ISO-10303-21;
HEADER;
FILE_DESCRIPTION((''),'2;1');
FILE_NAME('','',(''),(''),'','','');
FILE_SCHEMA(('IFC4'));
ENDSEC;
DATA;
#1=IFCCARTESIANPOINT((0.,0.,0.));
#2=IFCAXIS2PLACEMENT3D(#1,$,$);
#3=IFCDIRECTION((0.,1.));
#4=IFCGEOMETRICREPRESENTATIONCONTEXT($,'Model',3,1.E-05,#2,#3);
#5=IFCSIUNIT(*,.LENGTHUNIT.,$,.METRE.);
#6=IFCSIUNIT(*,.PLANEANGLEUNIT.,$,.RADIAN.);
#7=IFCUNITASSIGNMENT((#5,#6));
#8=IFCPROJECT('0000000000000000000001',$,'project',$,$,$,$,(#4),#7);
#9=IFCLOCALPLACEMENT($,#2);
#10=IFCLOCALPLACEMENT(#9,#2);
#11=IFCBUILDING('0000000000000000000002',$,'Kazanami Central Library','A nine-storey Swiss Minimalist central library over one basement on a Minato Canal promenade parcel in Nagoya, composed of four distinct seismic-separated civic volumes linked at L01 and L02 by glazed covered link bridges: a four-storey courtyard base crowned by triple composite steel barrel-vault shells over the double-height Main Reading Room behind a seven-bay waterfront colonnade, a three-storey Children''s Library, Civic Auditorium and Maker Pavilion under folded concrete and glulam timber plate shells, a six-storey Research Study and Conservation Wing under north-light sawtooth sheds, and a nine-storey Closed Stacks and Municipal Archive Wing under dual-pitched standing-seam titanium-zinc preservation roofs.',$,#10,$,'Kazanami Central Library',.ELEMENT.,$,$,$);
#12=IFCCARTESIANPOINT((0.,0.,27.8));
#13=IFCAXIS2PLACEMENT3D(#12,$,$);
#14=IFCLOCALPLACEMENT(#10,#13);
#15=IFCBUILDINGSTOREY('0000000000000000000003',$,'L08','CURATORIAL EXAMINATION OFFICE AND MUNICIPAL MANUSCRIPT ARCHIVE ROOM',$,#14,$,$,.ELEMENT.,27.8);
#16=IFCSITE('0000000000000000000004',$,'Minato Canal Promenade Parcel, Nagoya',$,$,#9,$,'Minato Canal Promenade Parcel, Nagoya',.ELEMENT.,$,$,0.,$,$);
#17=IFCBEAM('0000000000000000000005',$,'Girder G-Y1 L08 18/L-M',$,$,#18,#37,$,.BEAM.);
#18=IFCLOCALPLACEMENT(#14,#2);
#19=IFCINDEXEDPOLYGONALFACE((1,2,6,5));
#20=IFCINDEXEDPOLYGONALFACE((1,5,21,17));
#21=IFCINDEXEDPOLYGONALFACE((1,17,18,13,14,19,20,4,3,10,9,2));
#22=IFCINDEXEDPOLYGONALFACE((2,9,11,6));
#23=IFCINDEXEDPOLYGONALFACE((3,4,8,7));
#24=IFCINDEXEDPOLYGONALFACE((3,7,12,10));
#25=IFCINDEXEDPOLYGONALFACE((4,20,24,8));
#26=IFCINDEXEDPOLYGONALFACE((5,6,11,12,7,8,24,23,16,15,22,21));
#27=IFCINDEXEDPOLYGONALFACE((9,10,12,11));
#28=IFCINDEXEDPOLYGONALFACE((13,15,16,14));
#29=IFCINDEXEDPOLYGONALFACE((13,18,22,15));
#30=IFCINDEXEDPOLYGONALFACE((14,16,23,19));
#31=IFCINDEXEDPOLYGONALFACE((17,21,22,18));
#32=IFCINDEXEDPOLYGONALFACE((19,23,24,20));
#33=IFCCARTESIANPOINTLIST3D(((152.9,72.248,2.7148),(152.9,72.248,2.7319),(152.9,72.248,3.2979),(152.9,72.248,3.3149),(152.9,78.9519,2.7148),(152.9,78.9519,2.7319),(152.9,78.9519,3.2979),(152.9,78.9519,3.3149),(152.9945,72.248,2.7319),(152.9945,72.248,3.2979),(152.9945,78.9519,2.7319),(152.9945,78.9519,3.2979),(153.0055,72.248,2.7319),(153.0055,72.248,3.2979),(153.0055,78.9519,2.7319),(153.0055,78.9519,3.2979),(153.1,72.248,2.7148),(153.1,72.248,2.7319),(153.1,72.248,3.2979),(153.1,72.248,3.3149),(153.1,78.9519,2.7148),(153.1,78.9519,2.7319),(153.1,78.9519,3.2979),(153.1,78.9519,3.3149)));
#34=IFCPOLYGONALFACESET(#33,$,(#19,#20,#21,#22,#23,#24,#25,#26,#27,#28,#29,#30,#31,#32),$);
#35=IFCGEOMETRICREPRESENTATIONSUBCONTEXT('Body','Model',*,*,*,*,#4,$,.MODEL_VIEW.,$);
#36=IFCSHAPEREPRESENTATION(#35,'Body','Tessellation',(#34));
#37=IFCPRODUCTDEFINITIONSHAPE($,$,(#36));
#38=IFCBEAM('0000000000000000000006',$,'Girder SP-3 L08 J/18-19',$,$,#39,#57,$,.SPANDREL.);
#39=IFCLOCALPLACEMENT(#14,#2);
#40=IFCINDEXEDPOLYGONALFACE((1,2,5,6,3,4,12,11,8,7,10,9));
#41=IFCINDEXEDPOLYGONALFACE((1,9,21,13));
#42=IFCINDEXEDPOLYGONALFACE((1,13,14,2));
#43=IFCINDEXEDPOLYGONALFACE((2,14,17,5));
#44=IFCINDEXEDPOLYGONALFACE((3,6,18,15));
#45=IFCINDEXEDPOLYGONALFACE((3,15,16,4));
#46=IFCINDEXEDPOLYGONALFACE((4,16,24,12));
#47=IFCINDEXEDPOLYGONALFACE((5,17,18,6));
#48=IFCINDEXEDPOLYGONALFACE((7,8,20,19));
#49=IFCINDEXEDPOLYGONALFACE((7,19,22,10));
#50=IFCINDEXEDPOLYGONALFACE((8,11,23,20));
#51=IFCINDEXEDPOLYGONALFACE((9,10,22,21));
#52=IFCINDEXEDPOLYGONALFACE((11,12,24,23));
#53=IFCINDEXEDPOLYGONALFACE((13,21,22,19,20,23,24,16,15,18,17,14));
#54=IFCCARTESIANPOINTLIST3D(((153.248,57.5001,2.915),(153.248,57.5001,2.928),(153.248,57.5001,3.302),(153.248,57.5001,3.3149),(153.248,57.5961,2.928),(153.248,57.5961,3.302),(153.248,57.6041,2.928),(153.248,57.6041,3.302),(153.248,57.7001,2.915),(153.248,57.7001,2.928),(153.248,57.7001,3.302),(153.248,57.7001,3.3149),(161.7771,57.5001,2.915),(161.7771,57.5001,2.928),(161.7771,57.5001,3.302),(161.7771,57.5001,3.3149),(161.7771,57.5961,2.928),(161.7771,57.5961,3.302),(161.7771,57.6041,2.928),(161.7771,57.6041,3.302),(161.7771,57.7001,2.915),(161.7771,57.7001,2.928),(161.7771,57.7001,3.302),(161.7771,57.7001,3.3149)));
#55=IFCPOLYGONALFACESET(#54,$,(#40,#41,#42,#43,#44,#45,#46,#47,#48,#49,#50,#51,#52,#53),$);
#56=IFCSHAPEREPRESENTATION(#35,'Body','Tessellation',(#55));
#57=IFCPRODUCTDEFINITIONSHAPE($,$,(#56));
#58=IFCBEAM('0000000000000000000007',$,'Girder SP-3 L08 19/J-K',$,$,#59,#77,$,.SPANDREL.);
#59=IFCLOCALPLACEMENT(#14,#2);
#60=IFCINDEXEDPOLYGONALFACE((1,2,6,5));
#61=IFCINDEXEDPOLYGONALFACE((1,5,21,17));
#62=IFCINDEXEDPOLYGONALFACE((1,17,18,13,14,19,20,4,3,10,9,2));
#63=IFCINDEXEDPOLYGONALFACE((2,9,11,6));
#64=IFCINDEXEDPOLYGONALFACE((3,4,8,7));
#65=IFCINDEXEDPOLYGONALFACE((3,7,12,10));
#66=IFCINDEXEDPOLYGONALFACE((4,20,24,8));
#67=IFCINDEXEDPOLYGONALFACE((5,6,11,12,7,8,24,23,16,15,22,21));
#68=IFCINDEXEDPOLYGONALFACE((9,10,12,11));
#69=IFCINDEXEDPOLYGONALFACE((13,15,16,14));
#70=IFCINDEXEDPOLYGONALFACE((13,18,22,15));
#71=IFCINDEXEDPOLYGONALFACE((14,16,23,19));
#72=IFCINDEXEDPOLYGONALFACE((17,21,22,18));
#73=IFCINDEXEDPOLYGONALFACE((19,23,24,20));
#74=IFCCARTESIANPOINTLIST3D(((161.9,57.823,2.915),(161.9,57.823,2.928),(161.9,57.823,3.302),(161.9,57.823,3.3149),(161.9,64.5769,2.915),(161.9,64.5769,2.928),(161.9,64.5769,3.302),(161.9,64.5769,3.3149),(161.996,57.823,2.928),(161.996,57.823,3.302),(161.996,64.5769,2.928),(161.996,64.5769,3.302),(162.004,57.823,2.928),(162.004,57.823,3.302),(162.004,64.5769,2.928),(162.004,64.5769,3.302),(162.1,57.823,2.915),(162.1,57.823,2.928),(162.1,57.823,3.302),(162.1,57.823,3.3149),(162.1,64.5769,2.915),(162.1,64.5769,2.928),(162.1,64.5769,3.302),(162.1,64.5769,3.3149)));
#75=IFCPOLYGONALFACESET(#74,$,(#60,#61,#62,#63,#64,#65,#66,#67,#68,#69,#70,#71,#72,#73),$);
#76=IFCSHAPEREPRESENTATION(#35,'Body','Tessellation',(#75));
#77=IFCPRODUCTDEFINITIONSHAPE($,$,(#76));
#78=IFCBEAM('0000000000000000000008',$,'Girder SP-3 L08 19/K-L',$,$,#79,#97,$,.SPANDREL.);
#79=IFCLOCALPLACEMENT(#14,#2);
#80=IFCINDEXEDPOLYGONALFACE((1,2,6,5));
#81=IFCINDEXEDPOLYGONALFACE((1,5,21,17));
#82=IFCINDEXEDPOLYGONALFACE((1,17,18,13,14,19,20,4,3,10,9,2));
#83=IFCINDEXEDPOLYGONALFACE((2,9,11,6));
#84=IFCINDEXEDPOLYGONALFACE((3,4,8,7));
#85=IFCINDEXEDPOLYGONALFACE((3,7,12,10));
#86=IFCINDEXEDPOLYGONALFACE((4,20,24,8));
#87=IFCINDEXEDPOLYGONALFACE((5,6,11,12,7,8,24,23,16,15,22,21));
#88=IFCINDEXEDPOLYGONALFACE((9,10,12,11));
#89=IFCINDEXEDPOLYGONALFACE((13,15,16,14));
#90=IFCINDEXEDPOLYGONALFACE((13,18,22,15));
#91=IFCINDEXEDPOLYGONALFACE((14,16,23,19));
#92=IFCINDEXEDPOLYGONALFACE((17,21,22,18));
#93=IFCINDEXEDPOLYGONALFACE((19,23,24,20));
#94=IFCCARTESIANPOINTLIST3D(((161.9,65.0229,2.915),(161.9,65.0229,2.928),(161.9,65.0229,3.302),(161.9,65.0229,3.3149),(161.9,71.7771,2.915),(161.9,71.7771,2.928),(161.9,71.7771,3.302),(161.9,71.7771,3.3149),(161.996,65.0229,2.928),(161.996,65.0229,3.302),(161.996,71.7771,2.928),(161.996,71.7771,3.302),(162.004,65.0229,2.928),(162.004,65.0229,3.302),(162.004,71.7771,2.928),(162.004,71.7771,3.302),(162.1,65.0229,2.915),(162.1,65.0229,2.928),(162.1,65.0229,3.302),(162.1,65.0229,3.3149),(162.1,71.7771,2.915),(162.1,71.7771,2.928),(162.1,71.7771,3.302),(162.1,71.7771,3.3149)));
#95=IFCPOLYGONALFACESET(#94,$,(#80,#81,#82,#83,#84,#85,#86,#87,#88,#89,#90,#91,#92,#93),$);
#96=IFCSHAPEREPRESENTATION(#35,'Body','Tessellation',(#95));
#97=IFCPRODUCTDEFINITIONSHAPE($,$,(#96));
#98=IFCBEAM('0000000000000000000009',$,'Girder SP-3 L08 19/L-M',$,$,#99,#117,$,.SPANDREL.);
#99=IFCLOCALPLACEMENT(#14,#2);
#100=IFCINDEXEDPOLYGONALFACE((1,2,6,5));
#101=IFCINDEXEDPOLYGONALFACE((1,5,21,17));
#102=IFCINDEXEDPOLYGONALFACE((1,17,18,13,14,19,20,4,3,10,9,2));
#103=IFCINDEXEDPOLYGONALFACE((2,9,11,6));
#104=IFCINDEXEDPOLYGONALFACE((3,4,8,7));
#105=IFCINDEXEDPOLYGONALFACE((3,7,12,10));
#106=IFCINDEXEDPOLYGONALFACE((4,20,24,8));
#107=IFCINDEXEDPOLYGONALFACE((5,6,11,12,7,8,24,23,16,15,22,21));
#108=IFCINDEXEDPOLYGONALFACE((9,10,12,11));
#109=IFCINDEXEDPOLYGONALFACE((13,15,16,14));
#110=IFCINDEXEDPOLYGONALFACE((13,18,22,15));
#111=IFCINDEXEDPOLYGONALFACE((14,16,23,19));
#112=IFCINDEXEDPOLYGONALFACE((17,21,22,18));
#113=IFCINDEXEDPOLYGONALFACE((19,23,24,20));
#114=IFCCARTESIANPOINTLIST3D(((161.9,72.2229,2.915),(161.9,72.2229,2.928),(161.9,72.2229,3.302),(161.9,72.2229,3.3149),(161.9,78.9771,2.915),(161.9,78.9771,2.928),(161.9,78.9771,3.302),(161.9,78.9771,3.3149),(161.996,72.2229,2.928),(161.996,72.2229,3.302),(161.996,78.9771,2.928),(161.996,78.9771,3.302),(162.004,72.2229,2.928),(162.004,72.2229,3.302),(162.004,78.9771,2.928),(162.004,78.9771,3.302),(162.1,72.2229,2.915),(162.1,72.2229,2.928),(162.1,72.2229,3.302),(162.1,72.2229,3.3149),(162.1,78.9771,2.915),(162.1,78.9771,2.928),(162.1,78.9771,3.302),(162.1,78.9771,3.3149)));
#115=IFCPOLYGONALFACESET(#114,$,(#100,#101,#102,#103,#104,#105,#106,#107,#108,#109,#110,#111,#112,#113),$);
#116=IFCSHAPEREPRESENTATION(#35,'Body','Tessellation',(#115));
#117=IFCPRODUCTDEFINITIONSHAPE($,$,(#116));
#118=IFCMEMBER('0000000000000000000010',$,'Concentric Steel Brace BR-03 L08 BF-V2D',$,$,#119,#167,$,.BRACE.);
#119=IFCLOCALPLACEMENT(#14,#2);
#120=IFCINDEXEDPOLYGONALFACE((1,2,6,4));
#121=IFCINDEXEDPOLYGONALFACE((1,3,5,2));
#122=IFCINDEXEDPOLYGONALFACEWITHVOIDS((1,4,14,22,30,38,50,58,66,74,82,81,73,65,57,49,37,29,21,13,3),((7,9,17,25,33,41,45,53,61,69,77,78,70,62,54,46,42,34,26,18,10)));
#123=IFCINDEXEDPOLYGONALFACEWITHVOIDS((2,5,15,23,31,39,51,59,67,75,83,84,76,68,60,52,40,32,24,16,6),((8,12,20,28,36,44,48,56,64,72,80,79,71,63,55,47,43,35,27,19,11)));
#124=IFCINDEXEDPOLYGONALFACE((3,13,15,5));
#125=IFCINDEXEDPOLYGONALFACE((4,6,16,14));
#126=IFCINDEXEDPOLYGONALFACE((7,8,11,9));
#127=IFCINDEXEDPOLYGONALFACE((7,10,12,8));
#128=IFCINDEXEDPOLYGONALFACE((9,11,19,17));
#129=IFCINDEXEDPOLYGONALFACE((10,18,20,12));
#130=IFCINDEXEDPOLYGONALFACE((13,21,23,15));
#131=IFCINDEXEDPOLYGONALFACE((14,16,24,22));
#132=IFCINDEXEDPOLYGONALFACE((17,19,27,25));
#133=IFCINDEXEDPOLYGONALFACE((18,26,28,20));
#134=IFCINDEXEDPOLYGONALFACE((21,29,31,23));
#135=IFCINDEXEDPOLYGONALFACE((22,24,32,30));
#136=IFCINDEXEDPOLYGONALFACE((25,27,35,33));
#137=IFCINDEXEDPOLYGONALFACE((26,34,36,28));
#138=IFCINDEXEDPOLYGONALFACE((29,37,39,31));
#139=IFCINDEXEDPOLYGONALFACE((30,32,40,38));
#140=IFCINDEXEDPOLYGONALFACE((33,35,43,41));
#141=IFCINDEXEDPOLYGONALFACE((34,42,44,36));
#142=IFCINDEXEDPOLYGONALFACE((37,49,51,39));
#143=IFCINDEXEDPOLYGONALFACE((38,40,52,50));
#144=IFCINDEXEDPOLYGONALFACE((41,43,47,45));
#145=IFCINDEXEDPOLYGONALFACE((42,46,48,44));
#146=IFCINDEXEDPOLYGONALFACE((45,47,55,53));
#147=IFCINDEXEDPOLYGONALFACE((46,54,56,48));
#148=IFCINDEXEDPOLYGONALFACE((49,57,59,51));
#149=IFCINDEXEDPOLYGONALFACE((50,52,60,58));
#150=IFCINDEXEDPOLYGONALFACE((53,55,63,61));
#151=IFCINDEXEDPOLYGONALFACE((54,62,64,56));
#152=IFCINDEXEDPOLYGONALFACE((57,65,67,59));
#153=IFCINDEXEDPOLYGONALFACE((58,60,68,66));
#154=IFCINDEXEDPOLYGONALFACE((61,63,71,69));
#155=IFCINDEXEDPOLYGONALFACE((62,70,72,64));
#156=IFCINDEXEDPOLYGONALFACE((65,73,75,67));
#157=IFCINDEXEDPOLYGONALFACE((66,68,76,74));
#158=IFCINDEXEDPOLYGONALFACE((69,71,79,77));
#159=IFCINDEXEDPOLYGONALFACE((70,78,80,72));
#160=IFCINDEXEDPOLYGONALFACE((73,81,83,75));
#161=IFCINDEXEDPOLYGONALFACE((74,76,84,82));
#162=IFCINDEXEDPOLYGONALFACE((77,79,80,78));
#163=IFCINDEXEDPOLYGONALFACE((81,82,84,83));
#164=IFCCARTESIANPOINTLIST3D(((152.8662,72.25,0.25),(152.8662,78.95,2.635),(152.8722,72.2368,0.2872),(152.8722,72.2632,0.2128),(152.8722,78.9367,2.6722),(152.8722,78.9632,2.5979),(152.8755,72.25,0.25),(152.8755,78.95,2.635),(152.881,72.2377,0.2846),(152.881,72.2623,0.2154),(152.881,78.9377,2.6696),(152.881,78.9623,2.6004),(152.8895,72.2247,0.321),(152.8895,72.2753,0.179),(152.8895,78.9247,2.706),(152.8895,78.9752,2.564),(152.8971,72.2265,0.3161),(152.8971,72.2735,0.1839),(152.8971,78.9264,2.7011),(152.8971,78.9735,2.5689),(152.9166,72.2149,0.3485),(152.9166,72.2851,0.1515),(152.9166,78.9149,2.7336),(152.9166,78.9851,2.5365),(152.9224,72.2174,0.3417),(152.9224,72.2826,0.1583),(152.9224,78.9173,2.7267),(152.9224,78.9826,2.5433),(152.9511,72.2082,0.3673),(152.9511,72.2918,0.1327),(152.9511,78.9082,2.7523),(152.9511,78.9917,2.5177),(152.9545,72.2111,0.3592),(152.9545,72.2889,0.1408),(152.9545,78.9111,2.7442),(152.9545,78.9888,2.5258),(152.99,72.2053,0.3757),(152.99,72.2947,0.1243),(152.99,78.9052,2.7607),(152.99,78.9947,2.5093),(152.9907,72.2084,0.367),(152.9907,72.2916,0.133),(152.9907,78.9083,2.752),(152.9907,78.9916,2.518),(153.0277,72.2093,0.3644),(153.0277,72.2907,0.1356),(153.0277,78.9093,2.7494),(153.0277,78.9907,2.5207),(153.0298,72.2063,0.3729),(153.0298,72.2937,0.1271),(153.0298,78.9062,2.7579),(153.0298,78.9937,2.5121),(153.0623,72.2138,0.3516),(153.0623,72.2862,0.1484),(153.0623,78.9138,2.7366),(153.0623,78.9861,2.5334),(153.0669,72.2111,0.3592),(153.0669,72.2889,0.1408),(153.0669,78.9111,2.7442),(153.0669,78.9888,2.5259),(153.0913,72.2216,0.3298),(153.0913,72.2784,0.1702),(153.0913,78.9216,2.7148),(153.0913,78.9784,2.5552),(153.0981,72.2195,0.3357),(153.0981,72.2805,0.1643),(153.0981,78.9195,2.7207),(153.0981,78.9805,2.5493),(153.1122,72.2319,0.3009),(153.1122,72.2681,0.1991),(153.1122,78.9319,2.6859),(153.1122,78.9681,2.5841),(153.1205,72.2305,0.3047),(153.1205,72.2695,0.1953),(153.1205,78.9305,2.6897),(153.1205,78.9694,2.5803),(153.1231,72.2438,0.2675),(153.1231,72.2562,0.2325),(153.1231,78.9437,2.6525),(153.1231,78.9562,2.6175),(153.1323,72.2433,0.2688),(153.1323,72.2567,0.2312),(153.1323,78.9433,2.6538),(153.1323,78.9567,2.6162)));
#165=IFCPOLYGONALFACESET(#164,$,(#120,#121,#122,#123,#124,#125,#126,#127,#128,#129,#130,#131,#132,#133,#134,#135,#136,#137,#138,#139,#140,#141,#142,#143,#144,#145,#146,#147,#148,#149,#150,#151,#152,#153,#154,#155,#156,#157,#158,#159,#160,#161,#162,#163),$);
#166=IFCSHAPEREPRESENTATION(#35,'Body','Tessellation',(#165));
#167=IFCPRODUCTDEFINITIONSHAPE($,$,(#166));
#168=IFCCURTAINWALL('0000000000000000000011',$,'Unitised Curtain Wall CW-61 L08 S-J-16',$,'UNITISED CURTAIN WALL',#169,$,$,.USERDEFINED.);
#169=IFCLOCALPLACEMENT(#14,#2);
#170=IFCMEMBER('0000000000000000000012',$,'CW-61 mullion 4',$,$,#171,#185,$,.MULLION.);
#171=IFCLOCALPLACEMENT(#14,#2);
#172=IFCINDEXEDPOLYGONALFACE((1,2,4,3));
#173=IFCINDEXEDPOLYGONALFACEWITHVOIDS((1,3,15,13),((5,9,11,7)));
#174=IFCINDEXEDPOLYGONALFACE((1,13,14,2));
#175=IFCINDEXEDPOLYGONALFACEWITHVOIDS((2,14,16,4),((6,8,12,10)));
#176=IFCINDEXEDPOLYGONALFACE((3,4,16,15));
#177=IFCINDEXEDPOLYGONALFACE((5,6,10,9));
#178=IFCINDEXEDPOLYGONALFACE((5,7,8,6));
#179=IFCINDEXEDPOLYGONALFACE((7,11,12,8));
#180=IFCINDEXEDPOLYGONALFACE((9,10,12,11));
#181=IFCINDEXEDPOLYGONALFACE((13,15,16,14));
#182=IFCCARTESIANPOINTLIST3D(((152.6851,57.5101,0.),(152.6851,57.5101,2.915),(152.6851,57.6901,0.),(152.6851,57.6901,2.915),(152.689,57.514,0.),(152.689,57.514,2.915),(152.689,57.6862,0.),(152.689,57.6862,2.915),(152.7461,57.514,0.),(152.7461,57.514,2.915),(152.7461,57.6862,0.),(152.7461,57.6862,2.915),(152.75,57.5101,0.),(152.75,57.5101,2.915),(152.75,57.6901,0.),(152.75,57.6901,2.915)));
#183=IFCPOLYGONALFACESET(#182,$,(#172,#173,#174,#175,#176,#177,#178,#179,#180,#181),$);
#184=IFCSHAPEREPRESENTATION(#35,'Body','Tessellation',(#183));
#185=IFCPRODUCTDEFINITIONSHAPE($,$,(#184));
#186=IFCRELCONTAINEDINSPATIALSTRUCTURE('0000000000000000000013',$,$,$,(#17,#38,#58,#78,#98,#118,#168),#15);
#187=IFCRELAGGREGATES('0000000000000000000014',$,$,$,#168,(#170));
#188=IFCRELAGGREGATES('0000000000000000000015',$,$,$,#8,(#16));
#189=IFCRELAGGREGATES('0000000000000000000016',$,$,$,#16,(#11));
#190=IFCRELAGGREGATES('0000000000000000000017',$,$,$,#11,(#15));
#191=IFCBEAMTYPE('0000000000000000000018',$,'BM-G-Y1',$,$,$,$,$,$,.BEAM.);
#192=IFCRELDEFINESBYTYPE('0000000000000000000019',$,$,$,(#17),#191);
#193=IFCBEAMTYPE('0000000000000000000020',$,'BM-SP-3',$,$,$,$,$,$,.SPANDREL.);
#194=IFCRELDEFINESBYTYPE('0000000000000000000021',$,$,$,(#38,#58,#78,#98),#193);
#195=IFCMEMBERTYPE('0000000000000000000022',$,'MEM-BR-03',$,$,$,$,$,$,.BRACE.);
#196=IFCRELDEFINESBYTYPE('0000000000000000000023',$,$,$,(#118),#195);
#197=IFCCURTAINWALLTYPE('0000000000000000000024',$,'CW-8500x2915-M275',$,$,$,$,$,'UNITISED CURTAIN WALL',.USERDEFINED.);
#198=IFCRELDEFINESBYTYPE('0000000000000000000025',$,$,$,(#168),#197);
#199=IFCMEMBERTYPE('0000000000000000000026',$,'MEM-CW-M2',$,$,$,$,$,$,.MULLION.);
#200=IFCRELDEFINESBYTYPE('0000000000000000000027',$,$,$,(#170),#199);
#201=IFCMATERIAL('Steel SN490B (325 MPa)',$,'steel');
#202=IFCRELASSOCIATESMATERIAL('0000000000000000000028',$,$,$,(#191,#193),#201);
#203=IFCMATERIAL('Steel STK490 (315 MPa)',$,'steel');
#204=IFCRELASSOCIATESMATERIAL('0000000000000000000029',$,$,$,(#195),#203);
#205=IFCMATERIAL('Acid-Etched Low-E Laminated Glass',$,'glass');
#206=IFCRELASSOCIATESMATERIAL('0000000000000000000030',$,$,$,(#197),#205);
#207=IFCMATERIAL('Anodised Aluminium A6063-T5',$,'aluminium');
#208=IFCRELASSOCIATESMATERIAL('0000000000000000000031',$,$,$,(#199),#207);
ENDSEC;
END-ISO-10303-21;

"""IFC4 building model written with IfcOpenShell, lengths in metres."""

from ifc_helpers import new_model, si_unit, direction, frame, origin, origin_2d, place, context, subcontext, project, spatial, hollow_rectangle, hollow_circle, i_section, extrude, material, material_profile, profile_set, type_object, element, aggregate, save


model = new_model("IFC4")

# Units and contexts
model_context = context("Model", 3, precision=1e-05, world=origin(), true_north=direction((0.0, 1.0)))
body_context = subcontext(model_context, "Body", "Model", "MODEL_VIEW")
ifc_project = project(units=[si_unit("LENGTHUNIT", "METRE"), si_unit("PLANEANGLEUNIT", "RADIAN")], contexts=[model_context])

# Site, building, storey
site_placement = place(None, origin())
site = spatial("IfcSite", under=ifc_project, at=site_placement, Name="Minato Canal Promenade Parcel, Nagoya", LongName="Minato Canal Promenade Parcel, Nagoya", CompositionType="ELEMENT", RefElevation=0.0)
building_placement = place(site_placement, origin())
building = spatial("IfcBuilding", under=site, at=building_placement, Name="Kazanami Central Library", Description="A nine-storey Swiss Minimalist central library over one basement on a Minato Canal promenade parcel in Nagoya, composed of four distinct seismic-separated civic volumes linked at L01 and L02 by glazed covered link bridges: a four-storey courtyard base crowned by triple composite steel barrel-vault shells over the double-height Main Reading Room behind a seven-bay waterfront colonnade, a three-storey Children's Library, Civic Auditorium and Maker Pavilion under folded concrete and glulam timber plate shells, a six-storey Research Study and Conservation Wing under north-light sawtooth sheds, and a nine-storey Closed Stacks and Municipal Archive Wing under dual-pitched standing-seam titanium-zinc preservation roofs.", LongName="Kazanami Central Library", CompositionType="ELEMENT")
storey_placement = place(building_placement, frame((0.0, 0.0, 27.8)))
storey = spatial("IfcBuildingStorey", under=building, at=storey_placement, Name="L08", Description="CURATORIAL EXAMINATION OFFICE AND MUNICIPAL MANUSCRIPT ARCHIVE ROOM", CompositionType="ELEMENT", Elevation=27.8)

# Beams
ifc_material_1 = material(Name="Steel SN490B (325 MPa)", Category="steel")
ifc_material_profile_1 = material_profile(ifc_material_1, i_section(OverallWidth=0.2, OverallDepth=0.6001, WebThickness=0.011, FlangeThickness=0.0171, at=origin_2d()), Name="H-600x200x11x17")
ifc_profile_set_1 = profile_set([ifc_material_profile_1], Name="Steel SN490B (325 MPa)")
beam_type_1 = type_object("IfcBeamType", Name="BM-G-Y1", PredefinedType="BEAM", material=ifc_profile_set_1)
for number, where, z_axis, x_axis, name in (
    (1, (153.0, 72.248, 3.0149), (0.0, 1.0, 0.0), (-1.0, 0.0, 0.0), "Girder G-Y1 L08 18/L-M"),
):
    element("IfcBeam", number, at=place(storey_placement, frame(where, z_axis=z_axis, x_axis=x_axis)), inside=storey, type_object=beam_type_1, Name=name, PredefinedType="BEAM", context=body_context, shape_type="SweptSolid", body=[
        extrude(i_section(OverallWidth=0.2, OverallDepth=0.6001, WebThickness=0.011, FlangeThickness=0.0171, at=origin_2d()), origin(), (0.0, 0.0, 1.0), 6.7039),
    ])
ifc_material_profile_2 = material_profile(ifc_material_1, i_section(OverallWidth=0.2, OverallDepth=0.3999, WebThickness=0.0081, FlangeThickness=0.0129, at=origin_2d()), Name="H-400x200x8x13")
ifc_profile_set_2 = profile_set([ifc_material_profile_2], Name="Steel SN490B (325 MPa)")
beam_type_2 = type_object("IfcBeamType", Name="BM-SP-3", PredefinedType="SPANDREL", material=ifc_profile_set_2)
beam_1_placement = place(storey_placement, frame((153.248, 57.6001, 3.115), z_axis=(1.0, 0.0, 0.0), x_axis=(0.0, 1.0, 0.0)))
element("IfcBeam", 2, at=beam_1_placement, inside=storey, type_object=beam_type_2, Name="Girder SP-3 L08 J/18-19", PredefinedType="SPANDREL", context=body_context, shape_type="SweptSolid", body=[
    extrude(i_section(OverallWidth=0.2, OverallDepth=0.3999, WebThickness=0.0081, FlangeThickness=0.0129, at=origin_2d()), origin(), (0.0, 0.0, 1.0), 8.5291),
])
beam_2_placement = place(storey_placement, frame((162.0, 57.823, 3.115), z_axis=(0.0, 1.0, 0.0), x_axis=(-1.0, 0.0, 0.0)))
element("IfcBeam", 3, at=beam_2_placement, inside=storey, type_object=beam_type_2, Name="Girder SP-3 L08 19/J-K", PredefinedType="SPANDREL", context=body_context, shape_type="SweptSolid", body=[
    extrude(i_section(OverallWidth=0.2, OverallDepth=0.3999, WebThickness=0.0081, FlangeThickness=0.0129, at=origin_2d()), origin(), (0.0, 0.0, 1.0), 6.7539),
])
for number, where, z_axis, x_axis, name in (
    (4, (162.0, 65.0229, 3.115), (0.0, 1.0, 0.0), (-1.0, 0.0, 0.0), "Girder SP-3 L08 19/K-L"),
    (5, (162.0, 72.2229, 3.115), (0.0, 1.0, 0.0), (-1.0, 0.0, 0.0), "Girder SP-3 L08 19/L-M"),
):
    element("IfcBeam", number, at=place(storey_placement, frame(where, z_axis=z_axis, x_axis=x_axis)), inside=storey, type_object=beam_type_2, Name=name, PredefinedType="SPANDREL", context=body_context, shape_type="SweptSolid", body=[
        extrude(i_section(OverallWidth=0.2, OverallDepth=0.3999, WebThickness=0.0081, FlangeThickness=0.0129, at=origin_2d()), origin(), (0.0, 0.0, 1.0), 6.7542),
    ])

# Member
ifc_material_2 = material(Name="Steel STK490 (315 MPa)", Category="steel")
ifc_material_profile_3 = material_profile(ifc_material_2, hollow_circle(Radius=0.1338, WallThickness=0.0093, at=origin_2d()), Name="CHS-267.4x9.3")
ifc_profile_set_3 = profile_set([ifc_material_profile_3], Name="Steel STK490 (315 MPa)")
member_type_1 = type_object("IfcMemberType", Name="MEM-BR-03", PredefinedType="BRACE", material=ifc_profile_set_3)
member_1_placement = place(storey_placement, frame((153.0, 72.25, 0.25), z_axis=(0.0, 0.94209, 0.33536), x_axis=(-1.0, 0.0, 0.0)))
element("IfcMember", 6, at=member_1_placement, inside=storey, type_object=member_type_1, Name="Concentric Steel Brace BR-03 L08 BF-V2D", PredefinedType="BRACE", context=body_context, shape_type="SweptSolid", body=[
    extrude(hollow_circle(Radius=0.1338, WallThickness=0.0093, at=origin_2d()), origin(), (0.0, 0.0, 1.0), 7.1118),
])

# Curtain wall, member
ifc_material_3 = material(Name="Acid-Etched Low-E Laminated Glass", Category="glass")
curtain_wall_type = type_object("IfcCurtainWallType", Name="CW-8500x2915-M275", ElementType="UNITISED CURTAIN WALL", PredefinedType="USERDEFINED", material=ifc_material_3)
curtain_wall_placement = place(storey_placement, origin())
curtain_wall = element("IfcCurtainWall", 7, at=curtain_wall_placement, inside=storey, type_object=curtain_wall_type, Name="Unitised Curtain Wall CW-61 L08 S-J-16", ObjectType="UNITISED CURTAIN WALL", PredefinedType="USERDEFINED")
ifc_material_4 = material(Name="Anodised Aluminium A6063-T5", Category="aluminium")
ifc_material_profile_4 = material_profile(ifc_material_4, hollow_rectangle(XDim=0.0649, YDim=0.1799, WallThickness=0.0039, at=origin_2d()), Name="ALU-MULL-65x180x4")
ifc_profile_set_4 = profile_set([ifc_material_profile_4], Name="Anodised Aluminium A6063-T5")
member_type_2 = type_object("IfcMemberType", Name="MEM-CW-M2", PredefinedType="MULLION", material=ifc_profile_set_4)
member_2_placement = place(storey_placement, frame((152.7175, 57.6001, 0.0), z_axis=(0.0, 0.0, 1.0), x_axis=(1.0, 0.0, 0.0)))
member_2 = element("IfcMember", 8, at=member_2_placement, type_object=member_type_2, Name="CW-61 mullion 4", PredefinedType="MULLION", context=body_context, shape_type="SweptSolid", body=[
    extrude(hollow_rectangle(XDim=0.0649, YDim=0.1799, WallThickness=0.0039, at=origin_2d()), origin(), (0.0, 0.0, 1.0), 2.915),
])
aggregate(curtain_wall, [member_2])

save(model, "model.ifc")
